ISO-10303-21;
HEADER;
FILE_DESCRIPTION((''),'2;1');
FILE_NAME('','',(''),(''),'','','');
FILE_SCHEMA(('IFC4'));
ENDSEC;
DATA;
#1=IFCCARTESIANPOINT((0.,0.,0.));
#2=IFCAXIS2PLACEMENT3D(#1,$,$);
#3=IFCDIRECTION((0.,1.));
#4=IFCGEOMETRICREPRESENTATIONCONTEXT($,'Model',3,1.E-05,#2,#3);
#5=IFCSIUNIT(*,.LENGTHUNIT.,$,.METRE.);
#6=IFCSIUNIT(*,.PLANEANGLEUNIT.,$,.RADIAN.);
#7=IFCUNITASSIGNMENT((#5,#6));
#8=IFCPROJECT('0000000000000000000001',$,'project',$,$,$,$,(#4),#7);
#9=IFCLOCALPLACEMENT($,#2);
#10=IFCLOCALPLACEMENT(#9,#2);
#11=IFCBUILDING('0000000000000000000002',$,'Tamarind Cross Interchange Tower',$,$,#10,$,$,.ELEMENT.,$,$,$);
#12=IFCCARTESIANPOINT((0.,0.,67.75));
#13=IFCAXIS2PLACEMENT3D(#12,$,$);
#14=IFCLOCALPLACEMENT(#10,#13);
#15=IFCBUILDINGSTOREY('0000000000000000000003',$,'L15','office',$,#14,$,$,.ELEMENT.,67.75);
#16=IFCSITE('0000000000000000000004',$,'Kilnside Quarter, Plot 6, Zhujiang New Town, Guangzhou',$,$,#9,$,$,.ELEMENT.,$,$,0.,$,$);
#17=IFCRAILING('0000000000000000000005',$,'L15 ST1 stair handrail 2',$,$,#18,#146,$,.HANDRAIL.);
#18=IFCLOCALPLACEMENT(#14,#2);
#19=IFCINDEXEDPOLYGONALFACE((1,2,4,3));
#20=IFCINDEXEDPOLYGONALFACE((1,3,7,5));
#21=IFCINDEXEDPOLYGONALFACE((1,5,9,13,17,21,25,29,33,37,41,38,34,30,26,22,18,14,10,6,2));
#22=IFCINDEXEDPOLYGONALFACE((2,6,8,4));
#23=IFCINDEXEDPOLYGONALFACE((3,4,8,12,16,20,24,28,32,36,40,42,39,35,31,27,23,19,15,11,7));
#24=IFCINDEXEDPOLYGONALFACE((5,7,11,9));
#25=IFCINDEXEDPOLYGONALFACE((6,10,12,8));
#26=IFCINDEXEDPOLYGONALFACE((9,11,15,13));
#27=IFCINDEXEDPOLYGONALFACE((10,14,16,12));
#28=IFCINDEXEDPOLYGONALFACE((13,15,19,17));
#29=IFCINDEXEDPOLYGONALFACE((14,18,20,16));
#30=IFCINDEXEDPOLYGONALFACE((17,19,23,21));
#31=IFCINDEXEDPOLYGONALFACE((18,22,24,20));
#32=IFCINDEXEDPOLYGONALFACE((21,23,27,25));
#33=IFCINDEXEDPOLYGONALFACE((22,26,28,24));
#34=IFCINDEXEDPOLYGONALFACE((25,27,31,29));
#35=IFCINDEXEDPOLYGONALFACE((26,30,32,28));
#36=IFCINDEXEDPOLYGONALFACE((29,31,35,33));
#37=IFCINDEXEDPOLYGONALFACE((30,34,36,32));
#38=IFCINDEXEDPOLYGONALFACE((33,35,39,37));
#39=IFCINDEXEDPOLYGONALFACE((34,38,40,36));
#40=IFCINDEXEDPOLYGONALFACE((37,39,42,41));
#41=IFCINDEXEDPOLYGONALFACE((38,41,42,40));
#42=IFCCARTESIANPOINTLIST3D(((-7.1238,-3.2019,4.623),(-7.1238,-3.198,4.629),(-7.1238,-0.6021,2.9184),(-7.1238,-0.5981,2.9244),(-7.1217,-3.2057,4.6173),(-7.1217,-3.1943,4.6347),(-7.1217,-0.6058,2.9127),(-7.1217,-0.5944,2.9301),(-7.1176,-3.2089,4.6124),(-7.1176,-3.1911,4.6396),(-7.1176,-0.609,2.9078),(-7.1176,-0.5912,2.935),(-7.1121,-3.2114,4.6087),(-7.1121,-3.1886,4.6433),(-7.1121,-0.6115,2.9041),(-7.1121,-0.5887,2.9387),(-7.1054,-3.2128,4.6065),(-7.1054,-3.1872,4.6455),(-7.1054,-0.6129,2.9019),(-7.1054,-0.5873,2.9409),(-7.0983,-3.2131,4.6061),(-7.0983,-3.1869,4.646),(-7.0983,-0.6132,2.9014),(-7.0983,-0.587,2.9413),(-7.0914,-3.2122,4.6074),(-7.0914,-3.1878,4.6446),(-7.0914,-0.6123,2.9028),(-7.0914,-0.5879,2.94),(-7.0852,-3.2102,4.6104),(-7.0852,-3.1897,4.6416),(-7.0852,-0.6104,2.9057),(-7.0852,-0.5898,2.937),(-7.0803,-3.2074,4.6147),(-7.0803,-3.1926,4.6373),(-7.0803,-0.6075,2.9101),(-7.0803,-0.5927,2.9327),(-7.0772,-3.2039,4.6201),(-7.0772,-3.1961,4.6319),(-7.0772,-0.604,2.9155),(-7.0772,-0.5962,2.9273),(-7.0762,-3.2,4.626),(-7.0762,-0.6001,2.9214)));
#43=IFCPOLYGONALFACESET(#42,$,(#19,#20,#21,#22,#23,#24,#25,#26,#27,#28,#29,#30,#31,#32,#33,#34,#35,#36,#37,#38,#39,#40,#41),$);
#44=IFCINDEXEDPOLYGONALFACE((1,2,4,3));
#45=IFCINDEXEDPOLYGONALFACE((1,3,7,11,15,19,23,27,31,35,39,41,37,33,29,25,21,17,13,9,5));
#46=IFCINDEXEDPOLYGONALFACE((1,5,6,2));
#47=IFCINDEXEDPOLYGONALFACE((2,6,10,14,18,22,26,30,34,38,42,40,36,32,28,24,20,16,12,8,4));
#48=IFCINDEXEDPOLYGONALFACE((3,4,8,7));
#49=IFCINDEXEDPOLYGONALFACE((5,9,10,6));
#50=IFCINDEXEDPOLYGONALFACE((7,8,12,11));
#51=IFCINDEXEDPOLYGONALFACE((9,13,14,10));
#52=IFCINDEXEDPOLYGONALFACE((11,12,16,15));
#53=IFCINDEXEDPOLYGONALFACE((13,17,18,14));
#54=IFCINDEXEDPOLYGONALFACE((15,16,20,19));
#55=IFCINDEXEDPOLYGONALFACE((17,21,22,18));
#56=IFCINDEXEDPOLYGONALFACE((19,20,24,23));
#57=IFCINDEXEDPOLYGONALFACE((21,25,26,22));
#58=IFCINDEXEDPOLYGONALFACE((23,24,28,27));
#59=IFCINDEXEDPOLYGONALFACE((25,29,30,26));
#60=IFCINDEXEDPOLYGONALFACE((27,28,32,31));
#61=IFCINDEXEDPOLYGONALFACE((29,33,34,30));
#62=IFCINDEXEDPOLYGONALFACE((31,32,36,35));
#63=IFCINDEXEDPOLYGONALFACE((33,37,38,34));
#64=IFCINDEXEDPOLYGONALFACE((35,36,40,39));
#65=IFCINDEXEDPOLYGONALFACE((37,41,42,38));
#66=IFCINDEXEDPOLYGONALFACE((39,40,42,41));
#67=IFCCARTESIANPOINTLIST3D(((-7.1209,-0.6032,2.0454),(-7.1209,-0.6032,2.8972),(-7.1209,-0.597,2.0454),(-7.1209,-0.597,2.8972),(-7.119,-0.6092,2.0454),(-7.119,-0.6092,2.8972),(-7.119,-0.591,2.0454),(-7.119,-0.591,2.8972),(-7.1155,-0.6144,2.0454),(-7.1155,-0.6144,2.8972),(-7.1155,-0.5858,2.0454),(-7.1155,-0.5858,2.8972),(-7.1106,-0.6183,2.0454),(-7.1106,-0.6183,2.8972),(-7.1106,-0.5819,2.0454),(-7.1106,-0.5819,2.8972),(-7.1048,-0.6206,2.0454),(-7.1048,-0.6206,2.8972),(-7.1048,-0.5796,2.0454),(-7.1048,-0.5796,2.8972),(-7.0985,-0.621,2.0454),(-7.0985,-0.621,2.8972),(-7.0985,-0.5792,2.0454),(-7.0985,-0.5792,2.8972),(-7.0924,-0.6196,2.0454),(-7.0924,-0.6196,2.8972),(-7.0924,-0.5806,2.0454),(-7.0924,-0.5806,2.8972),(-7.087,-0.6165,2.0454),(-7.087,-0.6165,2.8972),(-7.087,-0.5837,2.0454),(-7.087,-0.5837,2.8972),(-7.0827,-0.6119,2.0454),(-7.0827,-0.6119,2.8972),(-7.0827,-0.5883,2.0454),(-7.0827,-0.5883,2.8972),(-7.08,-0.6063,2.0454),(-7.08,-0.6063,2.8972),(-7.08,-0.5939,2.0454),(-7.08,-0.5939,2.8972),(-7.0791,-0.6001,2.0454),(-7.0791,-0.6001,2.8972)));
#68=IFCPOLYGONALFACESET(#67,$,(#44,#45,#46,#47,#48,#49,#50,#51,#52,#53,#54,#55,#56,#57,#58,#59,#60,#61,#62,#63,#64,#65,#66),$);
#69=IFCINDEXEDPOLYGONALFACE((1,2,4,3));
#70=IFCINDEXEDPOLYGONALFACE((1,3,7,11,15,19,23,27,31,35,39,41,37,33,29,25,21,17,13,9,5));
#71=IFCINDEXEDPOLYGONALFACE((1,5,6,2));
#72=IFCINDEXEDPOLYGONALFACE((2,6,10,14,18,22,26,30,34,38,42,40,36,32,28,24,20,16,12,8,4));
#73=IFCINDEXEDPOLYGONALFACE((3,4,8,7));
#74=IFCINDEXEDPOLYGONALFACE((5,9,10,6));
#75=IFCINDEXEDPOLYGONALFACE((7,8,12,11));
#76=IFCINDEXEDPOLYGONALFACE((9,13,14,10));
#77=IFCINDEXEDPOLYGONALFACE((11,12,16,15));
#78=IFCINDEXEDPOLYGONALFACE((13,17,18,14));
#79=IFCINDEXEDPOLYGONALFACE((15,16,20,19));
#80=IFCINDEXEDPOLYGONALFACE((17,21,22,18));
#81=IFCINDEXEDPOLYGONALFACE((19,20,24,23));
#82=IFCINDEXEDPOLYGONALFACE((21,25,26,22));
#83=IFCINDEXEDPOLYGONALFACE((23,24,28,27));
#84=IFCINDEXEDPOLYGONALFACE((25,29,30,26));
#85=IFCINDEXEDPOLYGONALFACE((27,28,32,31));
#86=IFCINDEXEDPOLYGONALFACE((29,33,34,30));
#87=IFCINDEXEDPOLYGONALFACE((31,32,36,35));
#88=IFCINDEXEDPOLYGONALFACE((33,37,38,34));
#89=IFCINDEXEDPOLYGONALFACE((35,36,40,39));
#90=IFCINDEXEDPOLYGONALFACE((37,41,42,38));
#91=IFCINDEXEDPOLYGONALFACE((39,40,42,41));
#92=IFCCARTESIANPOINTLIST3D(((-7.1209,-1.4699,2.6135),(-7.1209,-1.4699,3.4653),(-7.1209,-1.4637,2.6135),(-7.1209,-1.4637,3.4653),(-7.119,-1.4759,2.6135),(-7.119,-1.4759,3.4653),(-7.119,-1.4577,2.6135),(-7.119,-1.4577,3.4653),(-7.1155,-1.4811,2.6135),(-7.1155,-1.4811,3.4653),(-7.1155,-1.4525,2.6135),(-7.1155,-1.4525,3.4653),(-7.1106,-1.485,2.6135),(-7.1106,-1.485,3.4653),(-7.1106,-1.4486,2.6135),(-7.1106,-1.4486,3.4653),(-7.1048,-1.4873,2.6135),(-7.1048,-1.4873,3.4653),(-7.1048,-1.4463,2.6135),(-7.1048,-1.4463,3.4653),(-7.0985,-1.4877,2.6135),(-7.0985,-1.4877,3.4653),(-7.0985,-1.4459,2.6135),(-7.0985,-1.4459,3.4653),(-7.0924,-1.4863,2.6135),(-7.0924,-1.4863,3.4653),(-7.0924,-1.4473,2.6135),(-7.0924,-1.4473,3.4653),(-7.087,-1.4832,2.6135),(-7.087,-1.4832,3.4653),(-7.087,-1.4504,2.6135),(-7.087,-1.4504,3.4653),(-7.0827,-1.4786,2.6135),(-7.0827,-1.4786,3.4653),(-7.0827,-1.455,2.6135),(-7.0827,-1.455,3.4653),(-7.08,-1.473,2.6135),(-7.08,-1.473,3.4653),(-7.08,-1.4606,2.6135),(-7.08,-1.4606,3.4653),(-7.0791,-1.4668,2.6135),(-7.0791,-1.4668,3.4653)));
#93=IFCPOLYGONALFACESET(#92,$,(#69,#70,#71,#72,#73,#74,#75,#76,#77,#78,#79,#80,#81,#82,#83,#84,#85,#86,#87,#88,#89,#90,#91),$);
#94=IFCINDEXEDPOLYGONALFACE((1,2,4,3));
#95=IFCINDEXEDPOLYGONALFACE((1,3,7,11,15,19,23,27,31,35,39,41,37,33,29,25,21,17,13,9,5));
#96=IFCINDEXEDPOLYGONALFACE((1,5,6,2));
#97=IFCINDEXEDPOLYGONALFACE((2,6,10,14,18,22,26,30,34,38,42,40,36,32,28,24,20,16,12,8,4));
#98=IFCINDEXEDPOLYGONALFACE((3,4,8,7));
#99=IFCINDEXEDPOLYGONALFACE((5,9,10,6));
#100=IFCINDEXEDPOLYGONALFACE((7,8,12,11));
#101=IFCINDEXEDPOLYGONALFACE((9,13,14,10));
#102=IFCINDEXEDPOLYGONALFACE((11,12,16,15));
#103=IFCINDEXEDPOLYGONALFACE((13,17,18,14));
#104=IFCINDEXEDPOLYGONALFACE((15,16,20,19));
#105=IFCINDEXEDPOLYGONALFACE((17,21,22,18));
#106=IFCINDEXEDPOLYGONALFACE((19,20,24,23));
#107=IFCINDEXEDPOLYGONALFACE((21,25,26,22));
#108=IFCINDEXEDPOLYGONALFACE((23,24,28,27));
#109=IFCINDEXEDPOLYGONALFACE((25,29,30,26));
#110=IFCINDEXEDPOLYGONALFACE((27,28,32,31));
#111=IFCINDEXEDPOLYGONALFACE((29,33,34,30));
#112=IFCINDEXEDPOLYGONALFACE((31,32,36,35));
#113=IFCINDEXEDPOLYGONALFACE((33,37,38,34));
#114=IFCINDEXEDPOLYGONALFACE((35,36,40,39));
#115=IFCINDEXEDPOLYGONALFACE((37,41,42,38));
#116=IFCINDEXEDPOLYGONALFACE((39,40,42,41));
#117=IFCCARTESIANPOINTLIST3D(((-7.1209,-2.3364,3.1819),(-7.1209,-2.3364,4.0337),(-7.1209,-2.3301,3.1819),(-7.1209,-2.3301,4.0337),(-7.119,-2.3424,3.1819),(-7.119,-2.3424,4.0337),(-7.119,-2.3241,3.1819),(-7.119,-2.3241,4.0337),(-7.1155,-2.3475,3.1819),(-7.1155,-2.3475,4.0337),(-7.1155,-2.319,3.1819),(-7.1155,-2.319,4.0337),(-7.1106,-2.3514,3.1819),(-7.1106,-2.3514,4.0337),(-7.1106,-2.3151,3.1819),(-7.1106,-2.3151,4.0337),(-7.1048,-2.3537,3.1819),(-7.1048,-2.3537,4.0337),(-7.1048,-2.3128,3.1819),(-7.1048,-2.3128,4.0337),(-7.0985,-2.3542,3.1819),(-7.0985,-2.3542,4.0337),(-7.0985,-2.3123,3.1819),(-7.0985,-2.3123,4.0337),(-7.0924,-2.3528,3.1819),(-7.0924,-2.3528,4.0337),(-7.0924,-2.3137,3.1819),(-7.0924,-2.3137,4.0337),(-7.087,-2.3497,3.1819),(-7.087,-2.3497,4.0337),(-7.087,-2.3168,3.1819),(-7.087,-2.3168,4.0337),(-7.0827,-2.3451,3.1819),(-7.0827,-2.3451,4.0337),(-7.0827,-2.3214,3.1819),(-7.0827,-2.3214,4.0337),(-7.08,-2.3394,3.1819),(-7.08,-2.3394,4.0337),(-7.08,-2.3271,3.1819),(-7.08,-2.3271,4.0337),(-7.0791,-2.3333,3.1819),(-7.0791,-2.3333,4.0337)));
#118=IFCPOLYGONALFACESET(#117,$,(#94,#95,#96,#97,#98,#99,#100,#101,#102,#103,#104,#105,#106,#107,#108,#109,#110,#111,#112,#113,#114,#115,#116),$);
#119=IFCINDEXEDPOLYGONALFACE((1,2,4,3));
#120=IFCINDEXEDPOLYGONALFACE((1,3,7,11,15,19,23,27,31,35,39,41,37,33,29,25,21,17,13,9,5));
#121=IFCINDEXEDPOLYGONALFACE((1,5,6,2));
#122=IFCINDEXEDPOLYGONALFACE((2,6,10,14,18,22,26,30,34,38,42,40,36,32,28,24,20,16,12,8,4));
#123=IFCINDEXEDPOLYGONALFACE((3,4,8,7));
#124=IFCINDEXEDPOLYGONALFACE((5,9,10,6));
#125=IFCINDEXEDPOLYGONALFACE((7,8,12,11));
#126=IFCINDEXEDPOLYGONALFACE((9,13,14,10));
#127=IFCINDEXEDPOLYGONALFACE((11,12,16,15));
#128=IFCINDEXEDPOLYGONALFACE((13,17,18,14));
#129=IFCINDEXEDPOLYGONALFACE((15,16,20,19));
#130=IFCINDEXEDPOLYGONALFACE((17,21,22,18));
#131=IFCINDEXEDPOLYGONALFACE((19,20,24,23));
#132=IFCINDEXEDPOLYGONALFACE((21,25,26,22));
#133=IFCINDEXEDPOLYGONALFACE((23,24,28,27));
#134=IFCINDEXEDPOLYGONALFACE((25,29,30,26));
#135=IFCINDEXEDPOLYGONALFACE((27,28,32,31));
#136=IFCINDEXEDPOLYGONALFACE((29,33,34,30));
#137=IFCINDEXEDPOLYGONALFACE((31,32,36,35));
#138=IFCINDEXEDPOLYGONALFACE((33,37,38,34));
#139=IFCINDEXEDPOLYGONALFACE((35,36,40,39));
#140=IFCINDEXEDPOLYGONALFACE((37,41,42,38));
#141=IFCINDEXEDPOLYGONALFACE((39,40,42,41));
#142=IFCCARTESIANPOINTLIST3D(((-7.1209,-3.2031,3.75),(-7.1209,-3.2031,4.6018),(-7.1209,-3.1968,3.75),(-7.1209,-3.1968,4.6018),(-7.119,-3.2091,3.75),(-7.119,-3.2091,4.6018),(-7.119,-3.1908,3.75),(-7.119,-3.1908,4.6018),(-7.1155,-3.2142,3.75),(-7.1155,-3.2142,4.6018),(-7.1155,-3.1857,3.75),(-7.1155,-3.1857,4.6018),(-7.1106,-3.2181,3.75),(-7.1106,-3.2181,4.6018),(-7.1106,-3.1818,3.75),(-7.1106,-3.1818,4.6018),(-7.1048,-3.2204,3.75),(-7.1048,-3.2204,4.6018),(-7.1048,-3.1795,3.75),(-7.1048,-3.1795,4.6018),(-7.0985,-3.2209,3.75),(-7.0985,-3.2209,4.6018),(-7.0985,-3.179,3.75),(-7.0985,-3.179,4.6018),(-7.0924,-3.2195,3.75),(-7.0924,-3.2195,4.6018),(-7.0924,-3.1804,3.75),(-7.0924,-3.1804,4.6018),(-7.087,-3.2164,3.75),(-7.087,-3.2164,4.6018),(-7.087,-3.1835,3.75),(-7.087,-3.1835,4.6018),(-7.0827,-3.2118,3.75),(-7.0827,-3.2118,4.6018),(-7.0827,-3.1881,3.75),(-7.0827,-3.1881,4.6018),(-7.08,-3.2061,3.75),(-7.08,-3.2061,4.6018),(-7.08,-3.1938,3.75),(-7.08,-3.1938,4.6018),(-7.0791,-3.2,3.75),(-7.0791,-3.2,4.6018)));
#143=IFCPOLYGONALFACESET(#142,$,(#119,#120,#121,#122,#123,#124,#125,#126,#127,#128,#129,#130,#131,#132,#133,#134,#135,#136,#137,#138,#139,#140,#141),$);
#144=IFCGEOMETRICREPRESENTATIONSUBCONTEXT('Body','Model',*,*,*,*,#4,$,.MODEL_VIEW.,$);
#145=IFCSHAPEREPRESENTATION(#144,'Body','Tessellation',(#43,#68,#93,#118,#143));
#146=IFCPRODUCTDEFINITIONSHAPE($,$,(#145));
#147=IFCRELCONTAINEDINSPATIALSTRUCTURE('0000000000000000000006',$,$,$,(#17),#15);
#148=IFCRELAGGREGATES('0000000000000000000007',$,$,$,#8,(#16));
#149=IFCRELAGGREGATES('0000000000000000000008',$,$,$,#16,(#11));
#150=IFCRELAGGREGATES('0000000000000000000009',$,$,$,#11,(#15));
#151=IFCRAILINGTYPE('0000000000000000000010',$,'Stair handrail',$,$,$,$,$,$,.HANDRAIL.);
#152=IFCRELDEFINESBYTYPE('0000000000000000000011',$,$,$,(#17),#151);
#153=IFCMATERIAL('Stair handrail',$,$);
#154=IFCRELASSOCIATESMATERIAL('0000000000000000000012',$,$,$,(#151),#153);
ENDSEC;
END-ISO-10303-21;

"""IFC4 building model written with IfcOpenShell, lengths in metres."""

from ifc_helpers import new_model, si_unit, direction, frame, origin, origin_2d, place, context, subcontext, project, spatial, circle, extrude, material, type_object, element, save


model = new_model("IFC4")

# Units and contexts
model_context = context("Model", 3, precision=1e-05, world=origin(), true_north=direction((0.0, 1.0)))
body_context = subcontext(model_context, "Body", "Model", "MODEL_VIEW")
ifc_project = project(units=[si_unit("LENGTHUNIT", "METRE"), si_unit("PLANEANGLEUNIT", "RADIAN")], contexts=[model_context])

# Site, building, storey
site_placement = place(None, origin())
site = spatial("IfcSite", under=ifc_project, at=site_placement, Name="Kilnside Quarter, Plot 6, Zhujiang New Town, Guangzhou", CompositionType="ELEMENT", RefElevation=0.0)
building_placement = place(site_placement, origin())
building = spatial("IfcBuilding", under=site, at=building_placement, Name="Tamarind Cross Interchange Tower", CompositionType="ELEMENT")
storey_placement = place(building_placement, frame((0.0, 0.0, 67.75)))
storey = spatial("IfcBuildingStorey", under=building, at=storey_placement, Name="L15", Description="office", CompositionType="ELEMENT", Elevation=67.75)

# Railing
ifc_material_1 = material(Name="Stair handrail")
railing_type_1 = type_object("IfcRailingType", Name="Stair handrail", PredefinedType="HANDRAIL", material=ifc_material_1)
railing_1_placement = place(storey_placement, frame((-7.1001, -0.6001, 2.0454)))
element("IfcRailing", 1, at=railing_1_placement, inside=storey, type_object=railing_type_1, Name="L15 ST1 stair handrail 2", PredefinedType="HANDRAIL", context=body_context, shape_type="SweptSolid", body=[
    extrude(circle(Radius=0.0239, at=origin_2d()), frame((0.0, 0.0, 0.876), z_axis=(0.0, -0.836279, 0.548305), x_axis=(1.0, 0.0, 0.0)), (0.0, 0.0, 1.0), 3.1089),
    extrude(circle(Radius=0.021, at=origin_2d()), origin(), (0.0, 0.0, 1.0), 0.8518),
    extrude(circle(Radius=0.021, at=origin_2d()), frame((0.0, -0.8667, 0.5681)), (0.0, 0.0, 1.0), 0.8518),
    extrude(circle(Radius=0.021, at=origin_2d()), frame((0.0, -1.7332, 1.1365)), (0.0, 0.0, 1.0), 0.8518),
    extrude(circle(Radius=0.021, at=origin_2d()), frame((0.0, -2.5999, 1.7046)), (0.0, 0.0, 1.0), 0.8518),
])

save(model, "model.ifc")
